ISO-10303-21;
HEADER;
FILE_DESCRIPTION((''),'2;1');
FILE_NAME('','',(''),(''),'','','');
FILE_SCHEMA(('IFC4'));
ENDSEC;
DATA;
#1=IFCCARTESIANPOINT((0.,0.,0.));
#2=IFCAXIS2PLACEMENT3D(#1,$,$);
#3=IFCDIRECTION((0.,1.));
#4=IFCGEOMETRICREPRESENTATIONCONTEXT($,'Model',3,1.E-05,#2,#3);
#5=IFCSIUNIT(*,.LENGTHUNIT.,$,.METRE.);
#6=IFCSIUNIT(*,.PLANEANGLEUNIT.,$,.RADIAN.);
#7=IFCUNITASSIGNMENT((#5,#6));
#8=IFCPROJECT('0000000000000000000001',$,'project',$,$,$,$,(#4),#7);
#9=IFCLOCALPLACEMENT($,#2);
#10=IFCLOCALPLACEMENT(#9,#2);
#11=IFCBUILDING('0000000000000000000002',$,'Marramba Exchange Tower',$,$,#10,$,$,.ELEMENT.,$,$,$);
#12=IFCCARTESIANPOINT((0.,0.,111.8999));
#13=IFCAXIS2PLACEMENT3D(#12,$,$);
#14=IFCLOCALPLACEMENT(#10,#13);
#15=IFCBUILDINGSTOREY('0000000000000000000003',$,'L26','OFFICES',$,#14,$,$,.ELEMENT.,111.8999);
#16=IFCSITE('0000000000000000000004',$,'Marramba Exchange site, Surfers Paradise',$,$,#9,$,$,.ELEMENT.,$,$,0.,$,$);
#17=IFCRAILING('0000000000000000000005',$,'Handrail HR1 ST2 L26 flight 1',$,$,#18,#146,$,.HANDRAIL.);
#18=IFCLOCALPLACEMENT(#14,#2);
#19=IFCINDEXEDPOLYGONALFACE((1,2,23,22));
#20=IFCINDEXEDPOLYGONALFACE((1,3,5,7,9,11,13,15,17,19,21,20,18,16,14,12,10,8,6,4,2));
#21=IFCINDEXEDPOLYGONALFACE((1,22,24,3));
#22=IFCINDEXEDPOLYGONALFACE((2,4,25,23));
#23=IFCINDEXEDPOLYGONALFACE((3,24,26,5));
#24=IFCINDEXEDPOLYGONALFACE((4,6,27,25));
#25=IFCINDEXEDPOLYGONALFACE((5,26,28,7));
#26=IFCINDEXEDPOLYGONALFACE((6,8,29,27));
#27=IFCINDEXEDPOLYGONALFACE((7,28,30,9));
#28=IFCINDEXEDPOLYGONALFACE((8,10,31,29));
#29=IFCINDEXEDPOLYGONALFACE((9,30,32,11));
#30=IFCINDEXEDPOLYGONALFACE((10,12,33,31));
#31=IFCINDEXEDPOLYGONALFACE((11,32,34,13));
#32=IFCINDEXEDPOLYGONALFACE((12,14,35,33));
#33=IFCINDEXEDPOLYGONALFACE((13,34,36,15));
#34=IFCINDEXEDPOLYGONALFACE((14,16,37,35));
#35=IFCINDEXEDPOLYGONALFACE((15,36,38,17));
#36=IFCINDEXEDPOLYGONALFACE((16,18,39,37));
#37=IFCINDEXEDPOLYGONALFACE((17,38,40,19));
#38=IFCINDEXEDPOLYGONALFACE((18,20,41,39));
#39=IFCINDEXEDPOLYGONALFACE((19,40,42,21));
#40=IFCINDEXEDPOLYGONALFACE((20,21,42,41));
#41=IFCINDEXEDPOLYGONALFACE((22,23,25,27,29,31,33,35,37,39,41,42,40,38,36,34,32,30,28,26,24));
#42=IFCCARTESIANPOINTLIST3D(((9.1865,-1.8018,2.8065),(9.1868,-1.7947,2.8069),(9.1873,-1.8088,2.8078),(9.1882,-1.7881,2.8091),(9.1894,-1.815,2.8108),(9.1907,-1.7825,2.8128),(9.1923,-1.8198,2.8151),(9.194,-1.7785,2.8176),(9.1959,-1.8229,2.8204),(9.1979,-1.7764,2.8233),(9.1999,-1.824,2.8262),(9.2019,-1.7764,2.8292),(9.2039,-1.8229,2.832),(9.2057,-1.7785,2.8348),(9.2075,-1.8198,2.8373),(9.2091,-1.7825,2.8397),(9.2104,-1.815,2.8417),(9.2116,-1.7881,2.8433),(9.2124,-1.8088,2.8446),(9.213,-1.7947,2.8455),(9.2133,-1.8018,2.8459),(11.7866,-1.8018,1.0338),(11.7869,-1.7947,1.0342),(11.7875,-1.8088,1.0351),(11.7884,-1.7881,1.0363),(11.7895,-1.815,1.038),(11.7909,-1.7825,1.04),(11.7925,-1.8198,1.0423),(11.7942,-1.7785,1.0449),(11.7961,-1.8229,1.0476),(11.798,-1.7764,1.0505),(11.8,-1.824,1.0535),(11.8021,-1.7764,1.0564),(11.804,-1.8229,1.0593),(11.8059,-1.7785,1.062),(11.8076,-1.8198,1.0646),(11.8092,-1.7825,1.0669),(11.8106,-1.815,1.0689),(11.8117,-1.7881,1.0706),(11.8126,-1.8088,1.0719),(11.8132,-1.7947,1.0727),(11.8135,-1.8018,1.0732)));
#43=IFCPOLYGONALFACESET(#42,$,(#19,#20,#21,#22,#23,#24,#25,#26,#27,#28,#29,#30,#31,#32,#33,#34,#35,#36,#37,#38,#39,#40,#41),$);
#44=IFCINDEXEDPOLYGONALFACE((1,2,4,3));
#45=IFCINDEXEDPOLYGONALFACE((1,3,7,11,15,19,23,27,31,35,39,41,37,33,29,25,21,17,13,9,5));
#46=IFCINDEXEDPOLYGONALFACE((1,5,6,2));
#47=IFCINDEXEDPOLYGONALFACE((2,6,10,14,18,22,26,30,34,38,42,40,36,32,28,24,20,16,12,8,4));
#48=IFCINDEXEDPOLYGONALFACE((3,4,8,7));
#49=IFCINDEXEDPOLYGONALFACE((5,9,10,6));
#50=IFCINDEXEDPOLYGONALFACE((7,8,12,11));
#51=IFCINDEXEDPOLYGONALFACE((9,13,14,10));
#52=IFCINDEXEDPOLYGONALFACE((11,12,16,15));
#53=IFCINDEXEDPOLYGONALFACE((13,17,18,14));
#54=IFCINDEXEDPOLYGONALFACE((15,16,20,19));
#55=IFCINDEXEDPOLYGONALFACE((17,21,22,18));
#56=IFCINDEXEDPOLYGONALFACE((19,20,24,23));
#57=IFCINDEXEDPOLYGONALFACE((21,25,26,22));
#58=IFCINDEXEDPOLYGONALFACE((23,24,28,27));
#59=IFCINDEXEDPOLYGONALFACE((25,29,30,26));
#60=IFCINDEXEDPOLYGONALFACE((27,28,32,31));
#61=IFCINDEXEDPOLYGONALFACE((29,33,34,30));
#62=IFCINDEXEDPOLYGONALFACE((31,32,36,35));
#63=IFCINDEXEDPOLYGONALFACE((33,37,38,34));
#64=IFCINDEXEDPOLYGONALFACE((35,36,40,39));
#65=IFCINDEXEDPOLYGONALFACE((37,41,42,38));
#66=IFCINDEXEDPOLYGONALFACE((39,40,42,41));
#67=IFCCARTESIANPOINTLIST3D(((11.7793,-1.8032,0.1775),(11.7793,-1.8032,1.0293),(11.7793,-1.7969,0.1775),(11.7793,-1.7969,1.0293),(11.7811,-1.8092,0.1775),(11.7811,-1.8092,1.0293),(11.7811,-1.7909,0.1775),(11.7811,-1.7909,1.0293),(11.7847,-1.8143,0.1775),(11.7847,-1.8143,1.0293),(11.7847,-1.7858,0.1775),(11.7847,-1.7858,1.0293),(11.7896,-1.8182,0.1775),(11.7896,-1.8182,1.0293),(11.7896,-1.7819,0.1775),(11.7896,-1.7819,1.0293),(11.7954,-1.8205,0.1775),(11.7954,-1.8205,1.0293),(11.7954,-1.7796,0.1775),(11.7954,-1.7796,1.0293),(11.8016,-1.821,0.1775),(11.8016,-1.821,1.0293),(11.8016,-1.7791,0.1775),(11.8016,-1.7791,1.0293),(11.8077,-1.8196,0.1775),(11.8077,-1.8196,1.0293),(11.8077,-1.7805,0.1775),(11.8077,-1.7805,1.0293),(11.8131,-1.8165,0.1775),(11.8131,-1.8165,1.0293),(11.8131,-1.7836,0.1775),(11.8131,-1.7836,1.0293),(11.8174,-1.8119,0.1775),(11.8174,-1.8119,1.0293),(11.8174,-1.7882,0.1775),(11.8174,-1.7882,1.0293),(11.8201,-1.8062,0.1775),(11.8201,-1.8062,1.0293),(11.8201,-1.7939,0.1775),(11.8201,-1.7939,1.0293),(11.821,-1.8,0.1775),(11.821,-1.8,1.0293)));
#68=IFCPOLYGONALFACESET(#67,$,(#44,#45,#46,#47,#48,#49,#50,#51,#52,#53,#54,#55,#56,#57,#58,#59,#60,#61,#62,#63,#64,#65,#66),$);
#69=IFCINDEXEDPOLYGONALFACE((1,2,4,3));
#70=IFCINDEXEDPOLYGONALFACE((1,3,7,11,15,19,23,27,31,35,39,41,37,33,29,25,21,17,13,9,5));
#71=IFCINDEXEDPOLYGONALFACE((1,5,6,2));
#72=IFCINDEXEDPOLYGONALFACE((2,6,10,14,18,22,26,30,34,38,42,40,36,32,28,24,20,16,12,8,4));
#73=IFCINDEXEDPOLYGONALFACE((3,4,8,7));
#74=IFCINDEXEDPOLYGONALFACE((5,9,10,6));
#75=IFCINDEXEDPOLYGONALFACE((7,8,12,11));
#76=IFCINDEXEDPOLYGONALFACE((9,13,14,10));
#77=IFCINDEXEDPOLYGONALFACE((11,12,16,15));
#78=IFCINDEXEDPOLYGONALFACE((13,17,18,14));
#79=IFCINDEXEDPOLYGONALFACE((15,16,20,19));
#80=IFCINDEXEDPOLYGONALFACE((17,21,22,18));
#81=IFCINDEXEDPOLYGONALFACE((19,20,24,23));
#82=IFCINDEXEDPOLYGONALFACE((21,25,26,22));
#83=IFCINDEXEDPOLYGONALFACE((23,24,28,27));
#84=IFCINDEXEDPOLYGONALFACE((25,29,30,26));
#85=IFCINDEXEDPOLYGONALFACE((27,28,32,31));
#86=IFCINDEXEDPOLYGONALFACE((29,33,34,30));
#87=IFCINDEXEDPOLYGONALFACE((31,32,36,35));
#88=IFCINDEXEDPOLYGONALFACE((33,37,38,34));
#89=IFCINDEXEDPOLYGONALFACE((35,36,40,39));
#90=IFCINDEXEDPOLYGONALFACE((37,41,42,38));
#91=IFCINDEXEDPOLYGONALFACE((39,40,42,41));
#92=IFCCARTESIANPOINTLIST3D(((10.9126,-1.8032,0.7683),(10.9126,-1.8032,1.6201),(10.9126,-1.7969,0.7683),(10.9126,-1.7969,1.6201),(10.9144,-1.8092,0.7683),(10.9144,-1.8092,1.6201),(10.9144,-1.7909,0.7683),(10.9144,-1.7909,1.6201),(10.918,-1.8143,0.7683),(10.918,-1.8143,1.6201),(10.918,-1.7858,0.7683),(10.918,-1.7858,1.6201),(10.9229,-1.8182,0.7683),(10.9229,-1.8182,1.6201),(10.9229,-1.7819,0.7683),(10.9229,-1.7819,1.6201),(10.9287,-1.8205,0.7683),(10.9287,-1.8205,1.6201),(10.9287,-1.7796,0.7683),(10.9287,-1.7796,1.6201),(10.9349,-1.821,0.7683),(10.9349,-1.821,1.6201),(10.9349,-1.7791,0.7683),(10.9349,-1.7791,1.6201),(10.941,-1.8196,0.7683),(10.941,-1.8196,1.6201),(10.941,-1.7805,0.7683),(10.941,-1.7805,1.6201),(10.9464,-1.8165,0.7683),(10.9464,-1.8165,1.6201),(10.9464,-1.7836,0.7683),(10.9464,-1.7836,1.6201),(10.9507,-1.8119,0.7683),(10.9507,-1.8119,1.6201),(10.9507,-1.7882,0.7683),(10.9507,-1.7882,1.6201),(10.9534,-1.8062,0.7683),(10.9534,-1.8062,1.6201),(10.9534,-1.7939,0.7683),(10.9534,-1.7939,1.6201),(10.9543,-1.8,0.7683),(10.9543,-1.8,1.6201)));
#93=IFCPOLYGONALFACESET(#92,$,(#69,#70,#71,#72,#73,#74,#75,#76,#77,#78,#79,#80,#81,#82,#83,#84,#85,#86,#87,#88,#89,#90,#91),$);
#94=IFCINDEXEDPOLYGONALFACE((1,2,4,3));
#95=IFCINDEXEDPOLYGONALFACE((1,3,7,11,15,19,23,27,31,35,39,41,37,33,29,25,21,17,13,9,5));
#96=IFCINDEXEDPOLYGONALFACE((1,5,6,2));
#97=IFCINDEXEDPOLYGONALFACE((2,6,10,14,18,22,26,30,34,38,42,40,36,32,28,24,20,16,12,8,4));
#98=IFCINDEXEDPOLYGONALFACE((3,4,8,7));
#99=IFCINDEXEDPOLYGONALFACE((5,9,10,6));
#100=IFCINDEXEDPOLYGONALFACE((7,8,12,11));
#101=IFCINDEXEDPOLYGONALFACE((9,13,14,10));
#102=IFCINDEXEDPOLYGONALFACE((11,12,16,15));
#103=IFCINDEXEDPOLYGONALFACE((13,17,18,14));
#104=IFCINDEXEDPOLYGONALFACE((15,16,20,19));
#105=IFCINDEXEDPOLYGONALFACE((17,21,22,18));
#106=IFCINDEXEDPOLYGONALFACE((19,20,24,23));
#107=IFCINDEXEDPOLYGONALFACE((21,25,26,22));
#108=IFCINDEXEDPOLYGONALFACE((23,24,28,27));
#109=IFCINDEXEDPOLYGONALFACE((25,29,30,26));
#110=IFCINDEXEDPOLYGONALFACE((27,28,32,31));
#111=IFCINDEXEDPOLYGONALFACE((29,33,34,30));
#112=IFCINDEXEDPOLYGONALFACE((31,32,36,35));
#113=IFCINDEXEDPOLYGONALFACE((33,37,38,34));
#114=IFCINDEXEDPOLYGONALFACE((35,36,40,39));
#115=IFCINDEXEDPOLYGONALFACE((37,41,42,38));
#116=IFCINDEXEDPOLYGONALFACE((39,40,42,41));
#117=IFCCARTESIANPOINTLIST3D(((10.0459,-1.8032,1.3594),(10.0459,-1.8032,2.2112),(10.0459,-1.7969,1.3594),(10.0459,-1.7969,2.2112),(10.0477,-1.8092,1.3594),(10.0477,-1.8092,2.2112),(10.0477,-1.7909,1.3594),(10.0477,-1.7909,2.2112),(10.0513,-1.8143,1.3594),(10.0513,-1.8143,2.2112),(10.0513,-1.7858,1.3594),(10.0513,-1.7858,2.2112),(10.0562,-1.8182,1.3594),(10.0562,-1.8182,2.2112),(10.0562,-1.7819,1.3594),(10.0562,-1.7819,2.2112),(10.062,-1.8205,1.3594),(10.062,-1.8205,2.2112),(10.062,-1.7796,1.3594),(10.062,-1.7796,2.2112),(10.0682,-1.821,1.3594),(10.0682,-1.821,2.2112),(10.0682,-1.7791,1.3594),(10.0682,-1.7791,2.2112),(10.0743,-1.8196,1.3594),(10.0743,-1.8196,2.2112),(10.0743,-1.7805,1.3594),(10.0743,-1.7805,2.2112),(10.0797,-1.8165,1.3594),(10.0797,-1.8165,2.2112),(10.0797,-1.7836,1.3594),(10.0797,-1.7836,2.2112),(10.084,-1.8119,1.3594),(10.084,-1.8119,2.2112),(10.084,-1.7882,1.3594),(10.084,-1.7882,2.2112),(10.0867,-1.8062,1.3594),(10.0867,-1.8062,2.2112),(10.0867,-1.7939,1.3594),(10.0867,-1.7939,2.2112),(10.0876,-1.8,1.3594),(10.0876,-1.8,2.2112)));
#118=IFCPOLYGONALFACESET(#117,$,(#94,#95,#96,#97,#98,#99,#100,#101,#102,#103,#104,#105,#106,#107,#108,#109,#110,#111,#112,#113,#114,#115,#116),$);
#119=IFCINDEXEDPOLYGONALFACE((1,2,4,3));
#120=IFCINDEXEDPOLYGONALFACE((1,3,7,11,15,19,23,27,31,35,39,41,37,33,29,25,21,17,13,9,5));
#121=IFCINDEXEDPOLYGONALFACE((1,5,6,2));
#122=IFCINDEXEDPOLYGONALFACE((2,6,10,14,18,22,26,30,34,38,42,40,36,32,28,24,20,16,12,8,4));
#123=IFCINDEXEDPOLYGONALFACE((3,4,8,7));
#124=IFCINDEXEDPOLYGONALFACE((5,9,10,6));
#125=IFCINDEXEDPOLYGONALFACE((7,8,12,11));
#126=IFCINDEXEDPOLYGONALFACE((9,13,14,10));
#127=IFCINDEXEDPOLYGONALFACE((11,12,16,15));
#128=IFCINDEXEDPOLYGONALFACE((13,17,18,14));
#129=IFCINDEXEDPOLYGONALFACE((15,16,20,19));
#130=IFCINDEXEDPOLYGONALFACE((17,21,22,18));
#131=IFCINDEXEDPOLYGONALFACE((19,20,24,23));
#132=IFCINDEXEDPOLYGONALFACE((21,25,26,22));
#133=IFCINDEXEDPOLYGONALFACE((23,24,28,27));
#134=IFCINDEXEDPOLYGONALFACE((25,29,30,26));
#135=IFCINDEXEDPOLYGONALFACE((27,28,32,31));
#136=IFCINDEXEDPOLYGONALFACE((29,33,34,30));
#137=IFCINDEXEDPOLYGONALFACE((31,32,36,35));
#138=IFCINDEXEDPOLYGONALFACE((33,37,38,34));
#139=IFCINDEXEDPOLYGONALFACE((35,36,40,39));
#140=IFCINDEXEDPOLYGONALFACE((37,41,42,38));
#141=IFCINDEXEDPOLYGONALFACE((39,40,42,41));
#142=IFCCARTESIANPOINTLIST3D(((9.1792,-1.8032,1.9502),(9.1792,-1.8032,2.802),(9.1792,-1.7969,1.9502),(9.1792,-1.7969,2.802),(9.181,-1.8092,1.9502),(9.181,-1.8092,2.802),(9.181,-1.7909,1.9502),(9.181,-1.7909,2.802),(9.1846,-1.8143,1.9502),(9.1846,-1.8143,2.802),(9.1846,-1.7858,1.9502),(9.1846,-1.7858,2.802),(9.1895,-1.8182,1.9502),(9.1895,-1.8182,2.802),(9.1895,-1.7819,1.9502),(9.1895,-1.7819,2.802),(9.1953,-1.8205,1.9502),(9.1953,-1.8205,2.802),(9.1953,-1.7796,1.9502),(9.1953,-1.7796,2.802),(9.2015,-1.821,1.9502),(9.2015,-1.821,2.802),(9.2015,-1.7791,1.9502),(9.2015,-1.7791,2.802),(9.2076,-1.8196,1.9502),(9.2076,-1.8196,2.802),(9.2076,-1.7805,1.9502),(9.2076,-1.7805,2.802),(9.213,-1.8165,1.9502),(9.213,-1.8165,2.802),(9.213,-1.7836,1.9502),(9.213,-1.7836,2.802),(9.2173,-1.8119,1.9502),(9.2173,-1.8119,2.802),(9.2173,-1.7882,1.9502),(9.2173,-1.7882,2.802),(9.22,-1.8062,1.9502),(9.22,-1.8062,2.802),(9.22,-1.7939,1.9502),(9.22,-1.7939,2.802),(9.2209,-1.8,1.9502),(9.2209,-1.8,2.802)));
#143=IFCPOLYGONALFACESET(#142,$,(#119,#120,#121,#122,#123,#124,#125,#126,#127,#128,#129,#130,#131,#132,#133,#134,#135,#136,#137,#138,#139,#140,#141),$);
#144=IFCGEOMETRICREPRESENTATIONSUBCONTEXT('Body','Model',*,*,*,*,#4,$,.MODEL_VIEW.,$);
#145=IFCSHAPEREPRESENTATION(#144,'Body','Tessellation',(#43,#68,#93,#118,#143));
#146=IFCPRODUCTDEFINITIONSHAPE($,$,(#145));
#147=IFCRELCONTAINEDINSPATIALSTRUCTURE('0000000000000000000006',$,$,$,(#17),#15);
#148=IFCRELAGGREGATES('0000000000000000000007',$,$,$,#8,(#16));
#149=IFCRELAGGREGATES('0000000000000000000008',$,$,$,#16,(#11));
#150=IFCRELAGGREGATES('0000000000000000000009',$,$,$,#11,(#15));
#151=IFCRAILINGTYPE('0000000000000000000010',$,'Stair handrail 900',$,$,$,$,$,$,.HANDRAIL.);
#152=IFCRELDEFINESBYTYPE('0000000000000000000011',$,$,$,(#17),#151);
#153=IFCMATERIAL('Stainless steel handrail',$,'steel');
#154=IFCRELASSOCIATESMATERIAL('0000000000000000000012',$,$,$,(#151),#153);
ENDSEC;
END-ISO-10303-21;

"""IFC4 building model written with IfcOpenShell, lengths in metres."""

from ifc_helpers import new_model, si_unit, direction, frame, origin, origin_2d, place, context, subcontext, project, spatial, circle, extrude, material, type_object, element, save


model = new_model("IFC4")

# Units and contexts
model_context = context("Model", 3, precision=1e-05, world=origin(), true_north=direction((0.0, 1.0)))
body_context = subcontext(model_context, "Body", "Model", "MODEL_VIEW")
ifc_project = project(units=[si_unit("LENGTHUNIT", "METRE"), si_unit("PLANEANGLEUNIT", "RADIAN")], contexts=[model_context])

# Site, building, storey
site_placement = place(None, origin())
site = spatial("IfcSite", under=ifc_project, at=site_placement, Name="Marramba Exchange site, Surfers Paradise", CompositionType="ELEMENT", RefElevation=0.0)
building_placement = place(site_placement, origin())
building = spatial("IfcBuilding", under=site, at=building_placement, Name="Marramba Exchange Tower", CompositionType="ELEMENT")
storey_placement = place(building_placement, frame((0.0, 0.0, 111.8999)))
storey = spatial("IfcBuildingStorey", under=building, at=storey_placement, Name="L26", Description="OFFICES", CompositionType="ELEMENT", Elevation=111.8999)

# Railing
ifc_material_1 = material(Name="Stainless steel handrail", Category="steel")
railing_type = type_object("IfcRailingType", Name="Stair handrail 900", PredefinedType="HANDRAIL", material=ifc_material_1)
railing_placement = place(storey_placement, frame((11.8, -1.8, 0.1775)))
element("IfcRailing", 1, at=railing_placement, inside=storey, type_object=railing_type, Name="Handrail HR1 ST2 L26 flight 1", PredefinedType="HANDRAIL", context=body_context, shape_type="SweptSolid", body=[
    extrude(circle(Radius=0.0239, at=origin_2d()), frame((0.0, 0.0, 0.876), z_axis=(-0.82624, 0.0, 0.563318), x_axis=(0.0, -1.0, 0.0)), (0.0, 0.0, 1.0), 3.147),
    extrude(circle(Radius=0.021, at=origin_2d()), origin(), (0.0, 0.0, 1.0), 0.8518),
    extrude(circle(Radius=0.021, at=origin_2d()), frame((-0.8667, 0.0, 0.5908)), (0.0, 0.0, 1.0), 0.8518),
    extrude(circle(Radius=0.021, at=origin_2d()), frame((-1.7334, 0.0, 1.1819)), (0.0, 0.0, 1.0), 0.8518),
    extrude(circle(Radius=0.021, at=origin_2d()), frame((-2.6001, 0.0, 1.7727)), (0.0, 0.0, 1.0), 0.8518),
])

save(model, "model.ifc")
